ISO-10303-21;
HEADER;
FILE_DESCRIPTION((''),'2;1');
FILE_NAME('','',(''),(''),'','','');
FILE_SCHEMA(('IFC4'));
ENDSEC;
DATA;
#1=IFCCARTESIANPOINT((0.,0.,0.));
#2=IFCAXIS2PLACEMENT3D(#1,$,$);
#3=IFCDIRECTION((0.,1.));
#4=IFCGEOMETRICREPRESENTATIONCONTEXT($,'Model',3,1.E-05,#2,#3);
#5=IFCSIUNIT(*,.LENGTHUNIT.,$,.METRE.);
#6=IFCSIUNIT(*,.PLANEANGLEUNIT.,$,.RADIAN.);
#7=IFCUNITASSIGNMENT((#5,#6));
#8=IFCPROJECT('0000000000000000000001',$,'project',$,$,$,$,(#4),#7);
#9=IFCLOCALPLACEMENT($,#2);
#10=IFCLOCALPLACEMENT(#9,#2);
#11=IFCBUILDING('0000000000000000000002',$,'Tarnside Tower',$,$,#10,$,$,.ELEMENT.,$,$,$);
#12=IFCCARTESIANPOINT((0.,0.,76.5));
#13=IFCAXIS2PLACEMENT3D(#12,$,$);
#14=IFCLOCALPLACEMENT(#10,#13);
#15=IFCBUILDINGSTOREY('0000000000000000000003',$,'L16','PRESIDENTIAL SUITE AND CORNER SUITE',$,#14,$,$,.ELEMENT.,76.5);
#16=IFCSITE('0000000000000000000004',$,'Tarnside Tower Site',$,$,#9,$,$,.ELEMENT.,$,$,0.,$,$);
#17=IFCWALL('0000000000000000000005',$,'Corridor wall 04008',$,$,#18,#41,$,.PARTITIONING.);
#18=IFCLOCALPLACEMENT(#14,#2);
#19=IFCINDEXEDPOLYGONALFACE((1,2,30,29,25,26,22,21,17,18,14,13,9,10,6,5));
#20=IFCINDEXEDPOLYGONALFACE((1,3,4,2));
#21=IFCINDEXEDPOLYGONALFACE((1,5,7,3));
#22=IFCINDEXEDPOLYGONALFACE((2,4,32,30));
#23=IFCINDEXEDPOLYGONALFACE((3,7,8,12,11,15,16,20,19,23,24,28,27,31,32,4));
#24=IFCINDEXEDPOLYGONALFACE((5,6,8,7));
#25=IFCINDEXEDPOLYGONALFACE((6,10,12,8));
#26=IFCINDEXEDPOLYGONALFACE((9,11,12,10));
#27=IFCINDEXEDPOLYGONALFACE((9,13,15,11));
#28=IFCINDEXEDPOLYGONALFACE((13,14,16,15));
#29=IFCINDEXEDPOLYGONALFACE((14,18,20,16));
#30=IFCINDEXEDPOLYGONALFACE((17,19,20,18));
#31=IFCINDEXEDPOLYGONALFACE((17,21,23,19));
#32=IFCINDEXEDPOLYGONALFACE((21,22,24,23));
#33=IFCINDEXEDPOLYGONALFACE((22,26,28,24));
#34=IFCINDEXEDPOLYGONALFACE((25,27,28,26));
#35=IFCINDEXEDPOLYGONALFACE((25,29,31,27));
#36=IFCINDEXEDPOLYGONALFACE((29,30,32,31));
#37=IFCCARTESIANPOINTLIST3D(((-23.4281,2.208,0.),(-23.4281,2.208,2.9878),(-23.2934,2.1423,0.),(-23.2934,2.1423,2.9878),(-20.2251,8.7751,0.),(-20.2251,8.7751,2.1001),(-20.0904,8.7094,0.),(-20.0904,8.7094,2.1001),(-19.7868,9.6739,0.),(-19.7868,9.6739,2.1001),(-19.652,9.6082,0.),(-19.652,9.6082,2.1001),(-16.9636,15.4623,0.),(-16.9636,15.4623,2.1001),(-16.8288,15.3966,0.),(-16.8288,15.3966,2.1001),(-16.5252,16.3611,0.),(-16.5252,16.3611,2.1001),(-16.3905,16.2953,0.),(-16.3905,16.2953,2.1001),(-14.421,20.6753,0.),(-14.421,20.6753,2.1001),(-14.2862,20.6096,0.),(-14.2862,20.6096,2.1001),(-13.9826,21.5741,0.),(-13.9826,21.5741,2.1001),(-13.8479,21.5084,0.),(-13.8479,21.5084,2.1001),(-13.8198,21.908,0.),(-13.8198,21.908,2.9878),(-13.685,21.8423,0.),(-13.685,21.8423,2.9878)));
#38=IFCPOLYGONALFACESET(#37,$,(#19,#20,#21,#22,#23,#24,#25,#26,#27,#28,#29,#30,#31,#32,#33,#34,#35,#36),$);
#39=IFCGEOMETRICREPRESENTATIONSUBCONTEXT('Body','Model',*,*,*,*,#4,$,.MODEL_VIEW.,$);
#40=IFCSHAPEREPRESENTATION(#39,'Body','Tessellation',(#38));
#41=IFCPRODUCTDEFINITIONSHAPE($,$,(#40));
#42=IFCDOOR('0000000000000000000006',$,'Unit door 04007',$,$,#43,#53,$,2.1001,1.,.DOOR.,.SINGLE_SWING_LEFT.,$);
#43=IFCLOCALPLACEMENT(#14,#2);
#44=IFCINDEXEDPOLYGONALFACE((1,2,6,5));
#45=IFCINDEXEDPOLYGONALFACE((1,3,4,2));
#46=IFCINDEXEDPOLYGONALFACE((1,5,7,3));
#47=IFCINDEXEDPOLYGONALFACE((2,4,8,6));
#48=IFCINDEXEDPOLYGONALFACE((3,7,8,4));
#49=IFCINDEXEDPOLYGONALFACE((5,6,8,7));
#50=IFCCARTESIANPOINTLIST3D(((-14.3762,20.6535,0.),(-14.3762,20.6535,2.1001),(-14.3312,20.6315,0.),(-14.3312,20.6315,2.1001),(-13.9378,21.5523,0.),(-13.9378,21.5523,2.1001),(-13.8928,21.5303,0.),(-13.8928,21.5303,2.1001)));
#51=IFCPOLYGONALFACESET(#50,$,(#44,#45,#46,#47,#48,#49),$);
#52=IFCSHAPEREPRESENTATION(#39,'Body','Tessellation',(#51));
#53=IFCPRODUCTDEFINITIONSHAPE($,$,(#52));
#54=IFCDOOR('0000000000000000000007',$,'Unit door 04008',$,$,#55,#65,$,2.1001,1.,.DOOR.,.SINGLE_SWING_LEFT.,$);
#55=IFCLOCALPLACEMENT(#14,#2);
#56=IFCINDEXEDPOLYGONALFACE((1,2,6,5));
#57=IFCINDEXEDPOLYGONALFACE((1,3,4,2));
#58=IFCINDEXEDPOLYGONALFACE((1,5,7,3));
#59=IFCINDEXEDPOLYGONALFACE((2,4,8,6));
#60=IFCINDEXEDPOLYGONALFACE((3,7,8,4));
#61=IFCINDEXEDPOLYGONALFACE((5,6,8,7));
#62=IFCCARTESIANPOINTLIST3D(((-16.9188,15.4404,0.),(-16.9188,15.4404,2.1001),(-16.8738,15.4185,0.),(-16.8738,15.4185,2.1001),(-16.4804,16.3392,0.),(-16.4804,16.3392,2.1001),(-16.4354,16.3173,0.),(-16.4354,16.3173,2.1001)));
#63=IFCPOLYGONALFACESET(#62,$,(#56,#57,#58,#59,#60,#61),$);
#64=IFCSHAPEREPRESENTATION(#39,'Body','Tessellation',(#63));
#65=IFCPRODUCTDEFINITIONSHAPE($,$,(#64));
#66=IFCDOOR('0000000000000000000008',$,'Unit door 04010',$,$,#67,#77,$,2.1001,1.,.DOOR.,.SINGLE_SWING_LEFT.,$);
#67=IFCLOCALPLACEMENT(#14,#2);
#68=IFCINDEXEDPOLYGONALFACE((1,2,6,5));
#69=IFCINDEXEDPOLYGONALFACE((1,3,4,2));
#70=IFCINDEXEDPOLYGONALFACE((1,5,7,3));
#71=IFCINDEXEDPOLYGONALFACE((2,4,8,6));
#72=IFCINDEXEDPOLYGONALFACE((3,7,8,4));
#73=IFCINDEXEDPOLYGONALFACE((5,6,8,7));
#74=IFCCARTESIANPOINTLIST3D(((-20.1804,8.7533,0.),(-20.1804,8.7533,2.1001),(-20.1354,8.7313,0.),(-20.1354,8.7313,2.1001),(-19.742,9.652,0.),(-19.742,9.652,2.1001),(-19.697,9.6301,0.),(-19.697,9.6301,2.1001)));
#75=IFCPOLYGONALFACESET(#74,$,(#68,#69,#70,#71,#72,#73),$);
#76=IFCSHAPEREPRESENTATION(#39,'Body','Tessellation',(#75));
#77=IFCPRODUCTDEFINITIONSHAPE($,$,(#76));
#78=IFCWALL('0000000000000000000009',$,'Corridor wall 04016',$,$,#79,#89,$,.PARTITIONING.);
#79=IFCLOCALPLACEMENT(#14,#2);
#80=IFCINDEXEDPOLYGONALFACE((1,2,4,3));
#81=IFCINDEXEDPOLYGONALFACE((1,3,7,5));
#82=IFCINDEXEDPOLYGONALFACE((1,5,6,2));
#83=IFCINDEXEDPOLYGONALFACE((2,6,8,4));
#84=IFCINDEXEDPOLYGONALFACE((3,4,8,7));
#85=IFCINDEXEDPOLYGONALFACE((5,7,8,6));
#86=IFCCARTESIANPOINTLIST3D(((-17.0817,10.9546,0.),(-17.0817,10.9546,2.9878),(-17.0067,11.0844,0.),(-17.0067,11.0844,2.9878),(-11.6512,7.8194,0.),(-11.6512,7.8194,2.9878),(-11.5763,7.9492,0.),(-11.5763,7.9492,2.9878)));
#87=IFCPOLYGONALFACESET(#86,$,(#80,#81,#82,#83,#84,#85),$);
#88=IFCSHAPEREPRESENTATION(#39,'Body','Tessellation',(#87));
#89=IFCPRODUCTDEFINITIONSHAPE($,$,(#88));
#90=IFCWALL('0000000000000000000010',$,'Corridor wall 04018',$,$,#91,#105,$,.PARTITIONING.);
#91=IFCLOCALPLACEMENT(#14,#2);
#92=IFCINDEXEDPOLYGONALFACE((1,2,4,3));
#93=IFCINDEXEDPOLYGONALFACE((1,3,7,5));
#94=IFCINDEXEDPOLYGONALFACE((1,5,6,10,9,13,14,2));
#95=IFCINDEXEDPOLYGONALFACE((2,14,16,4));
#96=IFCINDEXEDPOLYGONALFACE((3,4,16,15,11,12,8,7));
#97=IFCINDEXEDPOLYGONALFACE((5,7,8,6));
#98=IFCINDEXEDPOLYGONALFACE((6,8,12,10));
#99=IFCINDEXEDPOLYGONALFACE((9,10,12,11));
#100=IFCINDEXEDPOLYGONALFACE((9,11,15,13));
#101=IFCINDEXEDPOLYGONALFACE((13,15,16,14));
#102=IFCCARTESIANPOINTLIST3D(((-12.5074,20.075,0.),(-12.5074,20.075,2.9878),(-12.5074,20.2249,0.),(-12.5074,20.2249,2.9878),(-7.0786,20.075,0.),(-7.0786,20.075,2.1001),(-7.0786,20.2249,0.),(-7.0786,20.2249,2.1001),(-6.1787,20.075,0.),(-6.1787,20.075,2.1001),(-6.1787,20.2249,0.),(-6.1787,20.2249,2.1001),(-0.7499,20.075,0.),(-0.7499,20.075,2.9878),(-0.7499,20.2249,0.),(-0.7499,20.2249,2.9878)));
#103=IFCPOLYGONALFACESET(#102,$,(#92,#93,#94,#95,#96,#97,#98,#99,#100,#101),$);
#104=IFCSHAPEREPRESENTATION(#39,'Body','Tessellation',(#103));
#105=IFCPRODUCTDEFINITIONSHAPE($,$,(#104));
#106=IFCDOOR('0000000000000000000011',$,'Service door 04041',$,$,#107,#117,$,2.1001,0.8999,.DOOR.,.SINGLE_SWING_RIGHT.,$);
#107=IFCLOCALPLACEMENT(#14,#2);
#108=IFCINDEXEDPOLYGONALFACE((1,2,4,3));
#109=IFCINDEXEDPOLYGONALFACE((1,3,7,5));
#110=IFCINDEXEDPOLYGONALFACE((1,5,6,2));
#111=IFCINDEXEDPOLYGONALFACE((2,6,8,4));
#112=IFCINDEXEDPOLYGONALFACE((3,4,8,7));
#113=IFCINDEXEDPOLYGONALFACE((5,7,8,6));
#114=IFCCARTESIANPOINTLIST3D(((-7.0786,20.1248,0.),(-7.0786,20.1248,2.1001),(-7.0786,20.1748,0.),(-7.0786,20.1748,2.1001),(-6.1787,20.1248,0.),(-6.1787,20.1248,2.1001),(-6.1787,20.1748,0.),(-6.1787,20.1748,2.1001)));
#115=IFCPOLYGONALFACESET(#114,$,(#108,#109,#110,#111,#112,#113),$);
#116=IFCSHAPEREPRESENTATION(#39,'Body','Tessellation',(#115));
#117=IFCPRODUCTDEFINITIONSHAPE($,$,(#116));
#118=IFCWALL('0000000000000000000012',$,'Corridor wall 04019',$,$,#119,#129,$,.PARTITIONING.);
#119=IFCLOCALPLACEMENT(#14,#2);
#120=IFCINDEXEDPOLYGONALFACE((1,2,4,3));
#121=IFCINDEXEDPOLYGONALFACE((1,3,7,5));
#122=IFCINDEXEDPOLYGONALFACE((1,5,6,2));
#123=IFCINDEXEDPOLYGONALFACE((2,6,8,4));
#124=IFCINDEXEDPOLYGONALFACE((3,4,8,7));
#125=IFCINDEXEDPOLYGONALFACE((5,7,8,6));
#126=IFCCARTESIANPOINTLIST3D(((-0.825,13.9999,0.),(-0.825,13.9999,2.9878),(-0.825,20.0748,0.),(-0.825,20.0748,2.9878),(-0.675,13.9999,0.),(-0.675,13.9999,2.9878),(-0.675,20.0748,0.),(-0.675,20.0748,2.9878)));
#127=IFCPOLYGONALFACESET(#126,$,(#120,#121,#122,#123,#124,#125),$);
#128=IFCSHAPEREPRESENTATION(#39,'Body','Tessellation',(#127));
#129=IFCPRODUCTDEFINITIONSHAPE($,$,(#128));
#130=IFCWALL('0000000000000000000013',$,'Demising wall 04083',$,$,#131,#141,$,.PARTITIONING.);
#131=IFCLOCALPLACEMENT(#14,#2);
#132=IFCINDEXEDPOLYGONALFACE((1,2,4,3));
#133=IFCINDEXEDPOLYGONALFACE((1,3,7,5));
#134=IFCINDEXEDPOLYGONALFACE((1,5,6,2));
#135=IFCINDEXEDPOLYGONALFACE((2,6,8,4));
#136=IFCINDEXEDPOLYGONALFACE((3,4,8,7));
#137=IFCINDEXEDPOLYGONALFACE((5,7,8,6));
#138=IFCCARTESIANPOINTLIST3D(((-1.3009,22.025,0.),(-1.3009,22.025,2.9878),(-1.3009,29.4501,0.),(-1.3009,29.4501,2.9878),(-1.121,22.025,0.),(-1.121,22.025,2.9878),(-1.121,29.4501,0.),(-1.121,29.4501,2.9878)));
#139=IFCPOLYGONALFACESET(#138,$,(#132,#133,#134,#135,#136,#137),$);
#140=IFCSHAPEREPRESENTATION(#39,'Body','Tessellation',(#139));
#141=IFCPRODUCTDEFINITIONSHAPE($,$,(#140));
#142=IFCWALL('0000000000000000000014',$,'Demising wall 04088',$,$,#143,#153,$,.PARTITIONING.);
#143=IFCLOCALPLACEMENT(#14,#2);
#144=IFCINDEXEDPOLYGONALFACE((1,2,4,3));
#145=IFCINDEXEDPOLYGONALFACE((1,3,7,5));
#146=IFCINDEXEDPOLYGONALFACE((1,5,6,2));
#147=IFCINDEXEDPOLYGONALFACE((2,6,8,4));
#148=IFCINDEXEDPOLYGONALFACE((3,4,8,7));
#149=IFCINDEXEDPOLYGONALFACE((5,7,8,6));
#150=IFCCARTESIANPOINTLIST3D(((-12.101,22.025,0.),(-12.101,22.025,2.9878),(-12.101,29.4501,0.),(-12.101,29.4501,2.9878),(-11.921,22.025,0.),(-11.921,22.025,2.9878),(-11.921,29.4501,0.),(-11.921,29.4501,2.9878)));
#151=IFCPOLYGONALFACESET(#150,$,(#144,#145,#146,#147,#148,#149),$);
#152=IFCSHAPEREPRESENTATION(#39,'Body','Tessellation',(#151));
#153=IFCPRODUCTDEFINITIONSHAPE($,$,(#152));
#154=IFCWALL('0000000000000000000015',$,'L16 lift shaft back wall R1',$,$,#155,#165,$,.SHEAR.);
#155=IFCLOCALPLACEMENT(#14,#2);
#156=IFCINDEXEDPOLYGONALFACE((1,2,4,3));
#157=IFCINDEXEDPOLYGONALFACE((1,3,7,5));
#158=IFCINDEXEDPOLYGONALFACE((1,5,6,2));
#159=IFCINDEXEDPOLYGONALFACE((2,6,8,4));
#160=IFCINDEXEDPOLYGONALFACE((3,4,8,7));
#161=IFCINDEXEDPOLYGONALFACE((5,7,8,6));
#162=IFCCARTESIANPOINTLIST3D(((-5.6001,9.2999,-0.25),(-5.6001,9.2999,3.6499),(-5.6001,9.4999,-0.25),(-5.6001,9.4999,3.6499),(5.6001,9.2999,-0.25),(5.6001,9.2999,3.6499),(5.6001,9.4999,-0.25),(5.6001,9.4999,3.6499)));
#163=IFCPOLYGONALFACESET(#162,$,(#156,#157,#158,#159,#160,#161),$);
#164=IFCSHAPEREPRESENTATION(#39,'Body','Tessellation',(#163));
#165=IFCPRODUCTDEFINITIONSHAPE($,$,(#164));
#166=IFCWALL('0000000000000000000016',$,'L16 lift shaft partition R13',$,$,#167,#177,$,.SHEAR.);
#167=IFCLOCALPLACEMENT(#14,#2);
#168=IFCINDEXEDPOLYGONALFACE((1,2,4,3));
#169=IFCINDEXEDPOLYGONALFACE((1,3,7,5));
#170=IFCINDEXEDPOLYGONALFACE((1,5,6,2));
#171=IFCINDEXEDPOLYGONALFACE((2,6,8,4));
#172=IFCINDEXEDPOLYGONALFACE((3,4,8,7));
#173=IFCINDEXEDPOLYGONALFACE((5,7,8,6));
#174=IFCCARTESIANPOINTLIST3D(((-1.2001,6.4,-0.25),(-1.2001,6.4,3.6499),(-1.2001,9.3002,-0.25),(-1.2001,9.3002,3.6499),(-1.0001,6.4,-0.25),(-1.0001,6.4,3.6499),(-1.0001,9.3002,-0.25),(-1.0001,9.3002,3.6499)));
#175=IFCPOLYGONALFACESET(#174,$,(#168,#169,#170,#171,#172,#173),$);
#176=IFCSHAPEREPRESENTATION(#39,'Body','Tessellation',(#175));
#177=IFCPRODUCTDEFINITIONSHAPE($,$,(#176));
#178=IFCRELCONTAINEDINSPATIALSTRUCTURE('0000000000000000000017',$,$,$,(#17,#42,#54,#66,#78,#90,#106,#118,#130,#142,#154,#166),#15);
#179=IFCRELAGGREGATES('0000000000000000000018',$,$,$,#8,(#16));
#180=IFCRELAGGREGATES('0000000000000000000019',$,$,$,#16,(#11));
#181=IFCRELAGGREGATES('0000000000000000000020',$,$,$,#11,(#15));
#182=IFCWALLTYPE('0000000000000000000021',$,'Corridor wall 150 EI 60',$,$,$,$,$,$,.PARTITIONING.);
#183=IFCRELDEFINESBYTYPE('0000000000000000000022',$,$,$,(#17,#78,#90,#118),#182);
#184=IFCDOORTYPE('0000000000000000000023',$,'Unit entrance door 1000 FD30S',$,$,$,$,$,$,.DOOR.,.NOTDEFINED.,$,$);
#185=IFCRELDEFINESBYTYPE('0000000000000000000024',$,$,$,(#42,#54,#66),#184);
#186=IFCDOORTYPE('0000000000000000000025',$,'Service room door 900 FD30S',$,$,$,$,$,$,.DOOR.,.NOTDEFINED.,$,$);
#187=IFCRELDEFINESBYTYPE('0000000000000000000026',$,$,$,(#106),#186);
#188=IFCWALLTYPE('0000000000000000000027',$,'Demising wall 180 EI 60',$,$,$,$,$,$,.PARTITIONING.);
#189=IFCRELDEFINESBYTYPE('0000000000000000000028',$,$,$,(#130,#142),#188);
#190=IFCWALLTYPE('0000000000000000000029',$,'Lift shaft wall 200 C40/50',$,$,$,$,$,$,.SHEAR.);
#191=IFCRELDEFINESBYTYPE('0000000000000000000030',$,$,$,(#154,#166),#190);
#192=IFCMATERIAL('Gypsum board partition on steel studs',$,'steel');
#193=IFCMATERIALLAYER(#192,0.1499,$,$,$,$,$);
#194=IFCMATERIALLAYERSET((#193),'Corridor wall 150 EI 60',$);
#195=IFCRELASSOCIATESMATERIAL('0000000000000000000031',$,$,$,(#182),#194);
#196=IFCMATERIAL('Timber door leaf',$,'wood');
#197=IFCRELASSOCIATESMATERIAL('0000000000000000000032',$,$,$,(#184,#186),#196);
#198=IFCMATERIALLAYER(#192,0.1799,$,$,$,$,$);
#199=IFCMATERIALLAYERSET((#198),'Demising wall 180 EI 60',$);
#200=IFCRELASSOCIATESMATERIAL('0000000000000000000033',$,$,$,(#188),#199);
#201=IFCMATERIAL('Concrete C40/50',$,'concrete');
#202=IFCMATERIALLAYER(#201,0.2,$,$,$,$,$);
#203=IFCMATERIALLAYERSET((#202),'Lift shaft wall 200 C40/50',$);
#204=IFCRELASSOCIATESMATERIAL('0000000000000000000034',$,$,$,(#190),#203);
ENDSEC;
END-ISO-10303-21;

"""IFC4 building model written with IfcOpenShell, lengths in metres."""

from ifc_helpers import new_model, si_unit, direction, frame, frame_2d, origin, place, context, subcontext, project, spatial, rectangle, extrude, material, layer, layer_set, type_object, element, fill, save


model = new_model("IFC4")

# Units and contexts
model_context = context("Model", 3, precision=1e-05, world=origin(), true_north=direction((0.0, 1.0)))
body_context = subcontext(model_context, "Body", "Model", "MODEL_VIEW")
ifc_project = project(units=[si_unit("LENGTHUNIT", "METRE"), si_unit("PLANEANGLEUNIT", "RADIAN")], contexts=[model_context])

# Site, building, storey
site_placement = place(None, origin())
site = spatial("IfcSite", under=ifc_project, at=site_placement, Name="Tarnside Tower Site", CompositionType="ELEMENT", RefElevation=0.0)
building_placement = place(site_placement, origin())
building = spatial("IfcBuilding", under=site, at=building_placement, Name="Tarnside Tower", CompositionType="ELEMENT")
storey_placement = place(building_placement, frame((0.0, 0.0, 76.5)))
storey = spatial("IfcBuildingStorey", under=building, at=storey_placement, Name="L16", Description="PRESIDENTIAL SUITE AND CORNER SUITE", CompositionType="ELEMENT", Elevation=76.5)

# Shared definitions
ifc_material_1 = material(Name="Gypsum board partition on steel studs", Category="steel")

# Shared definitions
ifc_material_2 = material(Name="Timber door leaf", Category="wood")

# Wall, openings, doors
ifc_layer_1 = layer(ifc_material_1, 0.1499)
ifc_layer_set_1 = layer_set([ifc_layer_1], Name="Corridor wall 150 EI 60")
wall_type_1 = type_object("IfcWallType", Name="Corridor wall 150 EI 60", PredefinedType="PARTITIONING", material=ifc_layer_set_1)
wall_1_placement = place(storey_placement, frame((-13.7524, 21.875, 0.0), z_axis=(0.0, 0.0, 1.0), x_axis=(-0.438374, -0.898792, 0.0)))
wall_1 = element("IfcWall", 1, at=wall_1_placement, inside=storey, type_object=wall_type_1, Name="Corridor wall 04008", PredefinedType="PARTITIONING", context=body_context, shape_type="SweptSolid", body=[
    extrude(rectangle(XDim=21.9182, YDim=0.1499, at=frame_2d((10.959, 0.0))), origin(), (0.0, 0.0, 1.0), 2.9878),
])
opening_1_placement = place(wall_1_placement, frame((0.3713, 0.0, 0.0)))
opening_1 = element("IfcOpeningElement", 2, at=opening_1_placement, cuts=wall_1, PredefinedType="OPENING", context=body_context, shape_type="SweptSolid", body=[
    extrude(rectangle(XDim=1.0, YDim=2.1001, at=frame_2d((0.5, 1.05))), frame((0.0, 0.085, 0.0), z_axis=(0.0, -1.0, 0.0), x_axis=(1.0, 0.0, 0.0)), (0.0, 0.0, 1.0), 0.1699),
])
opening_2_placement = place(wall_1_placement, frame((6.1714, 0.0, 0.0)))
opening_2 = element("IfcOpeningElement", 3, at=opening_2_placement, cuts=wall_1, PredefinedType="OPENING", context=body_context, shape_type="SweptSolid", body=[
    extrude(rectangle(XDim=1.0, YDim=2.1001, at=frame_2d((0.5, 1.05))), frame((0.0, 0.085, 0.0), z_axis=(0.0, -1.0, 0.0), x_axis=(1.0, 0.0, 0.0)), (0.0, 0.0, 1.0), 0.1699),
])
opening_3_placement = place(wall_1_placement, frame((13.6116, 0.0, 0.0)))
opening_3 = element("IfcOpeningElement", 4, at=opening_3_placement, cuts=wall_1, PredefinedType="OPENING", context=body_context, shape_type="SweptSolid", body=[
    extrude(rectangle(XDim=1.0, YDim=2.1001, at=frame_2d((0.5, 1.05))), frame((0.0, 0.085, 0.0), z_axis=(0.0, -1.0, 0.0), x_axis=(1.0, 0.0, 0.0)), (0.0, 0.0, 1.0), 0.1699),
])
door_type_1 = type_object("IfcDoorType", Name="Unit entrance door 1000 FD30S", OperationType="NOTDEFINED", PredefinedType="DOOR", material=ifc_material_2)
door_1_placement = place(opening_1_placement, origin())
door_1 = element("IfcDoor", 5, at=door_1_placement, inside=storey, type_object=door_type_1, Name="Unit door 04007", OperationType="SINGLE_SWING_LEFT", OverallHeight=2.1001, OverallWidth=1.0, PredefinedType="DOOR", context=body_context, shape_type="SweptSolid", body=[
    extrude(rectangle(XDim=1.0, YDim=2.1001, at=frame_2d((0.5, 1.05))), frame((0.0, 0.0249, 0.0), z_axis=(0.0, -1.0, 0.0), x_axis=(1.0, 0.0, 0.0)), (0.0, 0.0, 1.0), 0.05),
])
fill(opening_1, door_1)
door_2_placement = place(opening_2_placement, origin())
door_2 = element("IfcDoor", 6, at=door_2_placement, inside=storey, type_object=door_type_1, Name="Unit door 04008", OperationType="SINGLE_SWING_LEFT", OverallHeight=2.1001, OverallWidth=1.0, PredefinedType="DOOR", context=body_context, shape_type="SweptSolid", body=[
    extrude(rectangle(XDim=1.0, YDim=2.1001, at=frame_2d((0.5, 1.05))), frame((0.0, 0.0249, 0.0), z_axis=(0.0, -1.0, 0.0), x_axis=(1.0, 0.0, 0.0)), (0.0, 0.0, 1.0), 0.05),
])
fill(opening_2, door_2)
door_3_placement = place(opening_3_placement, origin())
door_3 = element("IfcDoor", 7, at=door_3_placement, inside=storey, type_object=door_type_1, Name="Unit door 04010", OperationType="SINGLE_SWING_LEFT", OverallHeight=2.1001, OverallWidth=1.0, PredefinedType="DOOR", context=body_context, shape_type="SweptSolid", body=[
    extrude(rectangle(XDim=1.0, YDim=2.1001, at=frame_2d((0.5, 1.05))), frame((0.0, 0.0249, 0.0), z_axis=(0.0, -1.0, 0.0), x_axis=(1.0, 0.0, 0.0)), (0.0, 0.0, 1.0), 0.05),
])
fill(opening_3, door_3)

# Wall
wall_2_placement = place(storey_placement, frame((-11.6138, 7.8843, 0.0), z_axis=(0.0, 0.0, 1.0), x_axis=(-0.866025, 0.5, 0.0)))
element("IfcWall", 8, at=wall_2_placement, inside=storey, type_object=wall_type_1, Name="Corridor wall 04016", PredefinedType="PARTITIONING", context=body_context, shape_type="SweptSolid", body=[
    extrude(rectangle(XDim=6.2705, YDim=0.1499, at=frame_2d((3.1353, 0.0))), origin(), (0.0, 0.0, 1.0), 2.9878),
])

# Wall, opening, door
wall_3_placement = place(storey_placement, frame((-12.5076, 20.1499, 0.0), z_axis=(0.0, 0.0, 1.0), x_axis=(1.0, 0.0, 0.0)))
wall_3 = element("IfcWall", 9, at=wall_3_placement, inside=storey, type_object=wall_type_1, Name="Corridor wall 04018", PredefinedType="PARTITIONING", context=body_context, shape_type="SweptSolid", body=[
    extrude(rectangle(XDim=11.7576, YDim=0.1499, at=frame_2d((5.8789, 0.0))), origin(), (0.0, 0.0, 1.0), 2.9878),
])
opening_4_placement = place(wall_3_placement, frame((5.429, 0.0, 0.0)))
opening_4 = element("IfcOpeningElement", 10, at=opening_4_placement, cuts=wall_3, PredefinedType="OPENING", context=body_context, shape_type="SweptSolid", body=[
    extrude(rectangle(XDim=0.8999, YDim=2.1001, at=frame_2d((0.45, 1.05))), frame((0.0, 0.085, 0.0), z_axis=(0.0, -1.0, 0.0), x_axis=(1.0, 0.0, 0.0)), (0.0, 0.0, 1.0), 0.1699),
])
door_type_2 = type_object("IfcDoorType", Name="Service room door 900 FD30S", OperationType="NOTDEFINED", PredefinedType="DOOR", material=ifc_material_2)
door_4_placement = place(opening_4_placement, origin())
door_4 = element("IfcDoor", 11, at=door_4_placement, inside=storey, type_object=door_type_2, Name="Service door 04041", OperationType="SINGLE_SWING_RIGHT", OverallHeight=2.1001, OverallWidth=0.8999, PredefinedType="DOOR", context=body_context, shape_type="SweptSolid", body=[
    extrude(rectangle(XDim=0.8999, YDim=2.1001, at=frame_2d((0.45, 1.05))), frame((0.0, 0.0249, 0.0), z_axis=(0.0, -1.0, 0.0), x_axis=(1.0, 0.0, 0.0)), (0.0, 0.0, 1.0), 0.05),
])
fill(opening_4, door_4)

# Walls
wall_4_placement = place(storey_placement, frame((-0.75, 20.075, 0.0), z_axis=(0.0, 0.0, 1.0), x_axis=(0.0, -1.0, 0.0)))
element("IfcWall", 12, at=wall_4_placement, inside=storey, type_object=wall_type_1, Name="Corridor wall 04019", PredefinedType="PARTITIONING", context=body_context, shape_type="SweptSolid", body=[
    extrude(rectangle(XDim=6.075, YDim=0.1499, at=frame_2d((3.0376, 0.0))), origin(), (0.0, 0.0, 1.0), 2.9878),
])
ifc_layer_2 = layer(ifc_material_1, 0.1799)
ifc_layer_set_2 = layer_set([ifc_layer_2], Name="Demising wall 180 EI 60")
wall_type_2 = type_object("IfcWallType", Name="Demising wall 180 EI 60", PredefinedType="PARTITIONING", material=ifc_layer_set_2)
for number, where, z_axis, x_axis, name in (
    (13, (-1.2109, 29.45, 0.0), (0.0, 0.0, 1.0), (0.0, -1.0, 0.0), "Demising wall 04083"),
    (14, (-12.011, 29.45, 0.0), (0.0, 0.0, 1.0), (0.0, -1.0, 0.0), "Demising wall 04088"),
):
    element("IfcWall", number, at=place(storey_placement, frame(where, z_axis=z_axis, x_axis=x_axis)), inside=storey, type_object=wall_type_2, Name=name, PredefinedType="PARTITIONING", context=body_context, shape_type="SweptSolid", body=[
        extrude(rectangle(XDim=7.425, YDim=0.1799, at=frame_2d((3.7124, 0.0))), origin(), (0.0, 0.0, 1.0), 2.9878),
    ])
ifc_material_3 = material(Name="Concrete C40/50", Category="concrete")
ifc_layer_3 = layer(ifc_material_3, 0.2)
ifc_layer_set_3 = layer_set([ifc_layer_3], Name="Lift shaft wall 200 C40/50")
wall_type_3 = type_object("IfcWallType", Name="Lift shaft wall 200 C40/50", PredefinedType="SHEAR", material=ifc_layer_set_3)
wall_5_placement = place(storey_placement, frame((-5.6001, 9.3999, -0.25), z_axis=(0.0, 0.0, 1.0), x_axis=(1.0, 0.0, 0.0)))
element("IfcWall", 15, at=wall_5_placement, inside=storey, type_object=wall_type_3, Name="L16 lift shaft back wall R1", PredefinedType="SHEAR", context=body_context, shape_type="SweptSolid", body=[
    extrude(rectangle(XDim=11.2002, YDim=0.2, at=frame_2d((5.6001, 0.0))), origin(), (0.0, 0.0, 1.0), 3.8999),
])
wall_6_placement = place(storey_placement, frame((-1.1001, 6.3999, -0.25), z_axis=(0.0, 0.0, 1.0), x_axis=(0.0, 1.0, 0.0)))
element("IfcWall", 16, at=wall_6_placement, inside=storey, type_object=wall_type_3, Name="L16 lift shaft partition R13", PredefinedType="SHEAR", context=body_context, shape_type="SweptSolid", body=[
    extrude(rectangle(XDim=2.9001, YDim=0.2, at=frame_2d((1.4502, 0.0))), origin(), (0.0, 0.0, 1.0), 3.8999),
])

save(model, "model.ifc")
